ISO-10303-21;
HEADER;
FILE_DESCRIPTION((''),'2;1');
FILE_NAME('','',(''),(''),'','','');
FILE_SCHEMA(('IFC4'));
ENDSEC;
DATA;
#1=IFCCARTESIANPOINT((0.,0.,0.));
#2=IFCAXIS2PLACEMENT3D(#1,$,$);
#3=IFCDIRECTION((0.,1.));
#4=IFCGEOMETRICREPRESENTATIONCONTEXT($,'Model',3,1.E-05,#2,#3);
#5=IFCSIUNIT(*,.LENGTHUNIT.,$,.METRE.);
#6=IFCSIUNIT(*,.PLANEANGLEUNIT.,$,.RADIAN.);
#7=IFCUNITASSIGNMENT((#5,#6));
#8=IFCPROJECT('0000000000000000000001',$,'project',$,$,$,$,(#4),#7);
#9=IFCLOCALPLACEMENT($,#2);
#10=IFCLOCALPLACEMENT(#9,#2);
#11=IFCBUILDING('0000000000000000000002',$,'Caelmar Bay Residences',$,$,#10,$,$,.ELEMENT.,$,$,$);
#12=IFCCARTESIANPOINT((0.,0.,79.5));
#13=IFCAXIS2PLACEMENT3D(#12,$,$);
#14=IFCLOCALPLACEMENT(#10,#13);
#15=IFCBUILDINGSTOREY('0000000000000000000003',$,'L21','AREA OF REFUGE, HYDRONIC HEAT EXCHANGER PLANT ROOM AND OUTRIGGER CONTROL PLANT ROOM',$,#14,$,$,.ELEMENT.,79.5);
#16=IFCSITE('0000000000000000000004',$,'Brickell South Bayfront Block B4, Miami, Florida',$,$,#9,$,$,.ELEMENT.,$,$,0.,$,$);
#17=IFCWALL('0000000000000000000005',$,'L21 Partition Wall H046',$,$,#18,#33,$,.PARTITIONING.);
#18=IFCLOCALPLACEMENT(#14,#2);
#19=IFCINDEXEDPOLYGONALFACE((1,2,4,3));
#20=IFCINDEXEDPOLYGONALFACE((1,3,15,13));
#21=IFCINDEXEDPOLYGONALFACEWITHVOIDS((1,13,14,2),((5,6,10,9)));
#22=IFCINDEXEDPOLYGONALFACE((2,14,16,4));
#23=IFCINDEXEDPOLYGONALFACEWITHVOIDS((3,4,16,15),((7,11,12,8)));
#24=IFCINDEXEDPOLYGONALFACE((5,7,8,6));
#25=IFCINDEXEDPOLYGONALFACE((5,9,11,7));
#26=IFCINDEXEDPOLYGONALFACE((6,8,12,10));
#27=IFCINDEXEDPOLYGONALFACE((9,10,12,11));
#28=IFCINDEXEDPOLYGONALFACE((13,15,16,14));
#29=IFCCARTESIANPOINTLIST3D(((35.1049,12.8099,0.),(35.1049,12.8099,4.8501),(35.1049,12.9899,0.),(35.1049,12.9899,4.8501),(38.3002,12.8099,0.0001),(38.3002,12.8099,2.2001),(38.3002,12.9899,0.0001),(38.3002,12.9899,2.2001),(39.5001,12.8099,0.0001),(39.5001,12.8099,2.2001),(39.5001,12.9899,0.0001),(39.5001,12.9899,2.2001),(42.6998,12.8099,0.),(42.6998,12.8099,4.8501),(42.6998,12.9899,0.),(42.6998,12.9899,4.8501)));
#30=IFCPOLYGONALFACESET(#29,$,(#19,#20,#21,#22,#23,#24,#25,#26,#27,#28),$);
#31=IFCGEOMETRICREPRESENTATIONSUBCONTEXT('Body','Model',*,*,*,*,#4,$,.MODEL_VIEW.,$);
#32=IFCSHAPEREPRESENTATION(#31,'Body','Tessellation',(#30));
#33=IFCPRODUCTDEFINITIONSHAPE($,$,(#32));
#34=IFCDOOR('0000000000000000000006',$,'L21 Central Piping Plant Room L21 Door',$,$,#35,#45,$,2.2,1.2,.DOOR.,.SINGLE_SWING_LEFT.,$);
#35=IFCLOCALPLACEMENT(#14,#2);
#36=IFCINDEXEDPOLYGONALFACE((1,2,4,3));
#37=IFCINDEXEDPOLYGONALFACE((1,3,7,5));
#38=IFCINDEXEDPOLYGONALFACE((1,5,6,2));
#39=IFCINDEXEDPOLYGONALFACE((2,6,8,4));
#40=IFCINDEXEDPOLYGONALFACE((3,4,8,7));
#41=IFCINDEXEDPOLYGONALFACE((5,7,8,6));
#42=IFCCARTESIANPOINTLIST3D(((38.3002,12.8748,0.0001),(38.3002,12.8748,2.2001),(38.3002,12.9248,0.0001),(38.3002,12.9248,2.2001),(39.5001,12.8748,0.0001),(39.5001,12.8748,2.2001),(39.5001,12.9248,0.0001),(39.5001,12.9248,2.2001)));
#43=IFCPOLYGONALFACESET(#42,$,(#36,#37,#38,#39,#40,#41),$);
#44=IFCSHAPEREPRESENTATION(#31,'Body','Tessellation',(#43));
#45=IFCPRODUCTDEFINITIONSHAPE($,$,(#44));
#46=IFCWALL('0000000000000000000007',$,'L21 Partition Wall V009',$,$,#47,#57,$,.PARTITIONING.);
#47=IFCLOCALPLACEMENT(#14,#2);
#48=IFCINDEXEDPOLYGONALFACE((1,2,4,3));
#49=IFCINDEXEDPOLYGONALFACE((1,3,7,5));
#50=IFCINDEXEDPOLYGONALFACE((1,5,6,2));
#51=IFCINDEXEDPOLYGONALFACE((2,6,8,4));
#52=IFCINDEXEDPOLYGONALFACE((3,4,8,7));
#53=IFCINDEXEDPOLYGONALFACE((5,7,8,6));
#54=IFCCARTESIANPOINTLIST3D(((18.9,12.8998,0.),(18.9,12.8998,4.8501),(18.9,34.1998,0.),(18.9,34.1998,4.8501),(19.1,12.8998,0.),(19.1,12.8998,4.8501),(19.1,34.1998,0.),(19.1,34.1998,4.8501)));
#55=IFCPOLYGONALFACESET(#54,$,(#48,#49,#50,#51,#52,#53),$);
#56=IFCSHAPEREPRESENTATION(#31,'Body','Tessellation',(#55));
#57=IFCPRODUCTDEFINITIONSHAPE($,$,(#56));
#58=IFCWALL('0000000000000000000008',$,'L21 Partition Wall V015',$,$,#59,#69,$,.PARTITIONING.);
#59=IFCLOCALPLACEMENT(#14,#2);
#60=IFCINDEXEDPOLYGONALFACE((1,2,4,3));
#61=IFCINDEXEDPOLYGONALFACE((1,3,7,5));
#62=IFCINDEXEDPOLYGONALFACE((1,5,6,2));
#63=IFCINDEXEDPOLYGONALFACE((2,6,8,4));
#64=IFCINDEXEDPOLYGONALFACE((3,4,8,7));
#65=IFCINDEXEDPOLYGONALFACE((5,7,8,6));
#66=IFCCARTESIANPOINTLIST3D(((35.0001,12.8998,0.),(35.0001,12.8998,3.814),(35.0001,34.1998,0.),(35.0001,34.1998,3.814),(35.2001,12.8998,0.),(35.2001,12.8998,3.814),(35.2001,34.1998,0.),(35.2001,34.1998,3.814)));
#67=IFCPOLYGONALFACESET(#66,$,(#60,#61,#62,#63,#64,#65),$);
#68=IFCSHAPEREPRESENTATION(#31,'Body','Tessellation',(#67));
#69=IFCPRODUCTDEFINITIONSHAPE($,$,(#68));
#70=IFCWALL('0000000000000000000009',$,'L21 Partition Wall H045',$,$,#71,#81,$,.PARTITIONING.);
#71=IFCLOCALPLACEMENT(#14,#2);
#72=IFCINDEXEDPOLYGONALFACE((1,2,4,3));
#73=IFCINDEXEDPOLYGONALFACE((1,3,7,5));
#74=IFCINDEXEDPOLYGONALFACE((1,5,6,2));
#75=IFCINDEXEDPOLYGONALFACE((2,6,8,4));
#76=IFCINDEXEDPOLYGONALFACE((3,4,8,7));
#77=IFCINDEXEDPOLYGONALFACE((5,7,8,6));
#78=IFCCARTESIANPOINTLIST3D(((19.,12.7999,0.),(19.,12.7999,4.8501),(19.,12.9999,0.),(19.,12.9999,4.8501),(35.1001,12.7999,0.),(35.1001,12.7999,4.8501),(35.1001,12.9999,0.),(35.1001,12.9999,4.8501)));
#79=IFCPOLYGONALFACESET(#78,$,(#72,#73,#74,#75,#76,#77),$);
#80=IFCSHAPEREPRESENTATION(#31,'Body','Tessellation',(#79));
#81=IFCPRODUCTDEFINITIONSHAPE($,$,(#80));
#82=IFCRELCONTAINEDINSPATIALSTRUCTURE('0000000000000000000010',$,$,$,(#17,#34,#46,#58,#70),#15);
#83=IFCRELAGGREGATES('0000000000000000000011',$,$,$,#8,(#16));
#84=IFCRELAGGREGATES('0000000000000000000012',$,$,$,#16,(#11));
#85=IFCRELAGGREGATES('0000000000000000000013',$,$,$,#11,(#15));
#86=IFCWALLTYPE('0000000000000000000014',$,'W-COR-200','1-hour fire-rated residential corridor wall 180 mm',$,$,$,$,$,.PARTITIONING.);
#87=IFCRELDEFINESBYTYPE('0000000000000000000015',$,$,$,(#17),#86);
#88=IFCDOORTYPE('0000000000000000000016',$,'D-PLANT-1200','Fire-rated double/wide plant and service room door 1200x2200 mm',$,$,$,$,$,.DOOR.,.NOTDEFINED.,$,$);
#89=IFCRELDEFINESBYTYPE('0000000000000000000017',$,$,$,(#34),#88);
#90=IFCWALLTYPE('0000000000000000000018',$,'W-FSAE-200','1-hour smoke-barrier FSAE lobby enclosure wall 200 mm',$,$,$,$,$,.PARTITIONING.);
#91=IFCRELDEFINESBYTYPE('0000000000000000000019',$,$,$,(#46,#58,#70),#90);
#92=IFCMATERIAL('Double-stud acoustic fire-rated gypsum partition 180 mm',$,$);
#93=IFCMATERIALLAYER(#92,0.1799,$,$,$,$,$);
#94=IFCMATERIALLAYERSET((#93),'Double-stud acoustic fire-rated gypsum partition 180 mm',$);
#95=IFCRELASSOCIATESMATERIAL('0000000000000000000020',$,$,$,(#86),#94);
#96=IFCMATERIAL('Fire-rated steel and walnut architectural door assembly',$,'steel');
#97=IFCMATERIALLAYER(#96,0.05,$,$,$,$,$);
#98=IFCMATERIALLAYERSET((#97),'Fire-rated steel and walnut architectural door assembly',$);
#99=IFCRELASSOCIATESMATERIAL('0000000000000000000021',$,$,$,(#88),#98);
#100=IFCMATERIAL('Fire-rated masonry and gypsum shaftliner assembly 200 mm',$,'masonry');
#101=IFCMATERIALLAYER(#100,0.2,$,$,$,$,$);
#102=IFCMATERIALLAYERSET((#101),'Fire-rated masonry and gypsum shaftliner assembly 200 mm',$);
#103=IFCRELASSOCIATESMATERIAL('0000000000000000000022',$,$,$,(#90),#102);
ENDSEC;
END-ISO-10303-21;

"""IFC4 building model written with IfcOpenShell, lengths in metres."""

from ifc_helpers import new_model, si_unit, direction, frame, frame_2d, origin, place, context, subcontext, project, spatial, rectangle, extrude, material, layer, layer_set, type_object, element, fill, save


model = new_model("IFC4")

# Units and contexts
model_context = context("Model", 3, precision=1e-05, world=origin(), true_north=direction((0.0, 1.0)))
body_context = subcontext(model_context, "Body", "Model", "MODEL_VIEW")
ifc_project = project(units=[si_unit("LENGTHUNIT", "METRE"), si_unit("PLANEANGLEUNIT", "RADIAN")], contexts=[model_context])

# Site, building, storey
site_placement = place(None, origin())
site = spatial("IfcSite", under=ifc_project, at=site_placement, Name="Brickell South Bayfront Block B4, Miami, Florida", CompositionType="ELEMENT", RefElevation=0.0)
building_placement = place(site_placement, origin())
building = spatial("IfcBuilding", under=site, at=building_placement, Name="Caelmar Bay Residences", CompositionType="ELEMENT")
storey_placement = place(building_placement, frame((0.0, 0.0, 79.5)))
storey = spatial("IfcBuildingStorey", under=building, at=storey_placement, Name="L21", Description="AREA OF REFUGE, HYDRONIC HEAT EXCHANGER PLANT ROOM AND OUTRIGGER CONTROL PLANT ROOM", CompositionType="ELEMENT", Elevation=79.5)

# Wall, opening, door
ifc_material_1 = material(Name="Double-stud acoustic fire-rated gypsum partition 180 mm")
ifc_layer_1 = layer(ifc_material_1, 0.1799)
ifc_layer_set_1 = layer_set([ifc_layer_1], Name="Double-stud acoustic fire-rated gypsum partition 180 mm")
wall_type_1 = type_object("IfcWallType", Name="W-COR-200", Description="1-hour fire-rated residential corridor wall 180 mm", PredefinedType="PARTITIONING", material=ifc_layer_set_1)
ifc_material_2 = material(Name="Fire-rated steel and walnut architectural door assembly", Category="steel")
ifc_layer_2 = layer(ifc_material_2, 0.05)
ifc_layer_set_2 = layer_set([ifc_layer_2], Name="Fire-rated steel and walnut architectural door assembly")
door_type = type_object("IfcDoorType", Name="D-PLANT-1200", Description="Fire-rated double/wide plant and service room door 1200x2200 mm", OperationType="NOTDEFINED", PredefinedType="DOOR", material=ifc_layer_set_2)
wall_1_placement = place(storey_placement, frame((35.105, 12.8999, 0.0), z_axis=(0.0, 0.0, 1.0), x_axis=(1.0, 0.0, 0.0)))
wall_1 = element("IfcWall", 1, at=wall_1_placement, inside=storey, type_object=wall_type_1, Name="L21 Partition Wall H046", PredefinedType="PARTITIONING", context=body_context, shape_type="SweptSolid", body=[
    extrude(rectangle(XDim=7.595, YDim=0.1799, at=frame_2d((3.7974, 0.0))), origin(), (0.0, 0.0, 1.0), 4.8501),
])
opening_1_placement = place(wall_1_placement, frame((3.1951, 0.0, 0.0)))
opening_1 = element("IfcOpeningElement", 2, at=opening_1_placement, cuts=wall_1, PredefinedType="OPENING", context=body_context, shape_type="SweptSolid", body=[
    extrude(rectangle(XDim=1.2, YDim=2.2, at=frame_2d((0.6001, 1.1001))), frame((0.0, 0.0999, 0.0), z_axis=(0.0, -1.0, 0.0), x_axis=(1.0, 0.0, 0.0)), (0.0, 0.0, 1.0), 0.2),
])
door_1_placement = place(opening_1_placement, origin())
door_1 = element("IfcDoor", 3, at=door_1_placement, inside=storey, type_object=door_type, Name="L21 Central Piping Plant Room L21 Door", OperationType="SINGLE_SWING_LEFT", OverallHeight=2.2, OverallWidth=1.2, PredefinedType="DOOR", context=body_context, shape_type="SweptSolid", body=[
    extrude(rectangle(XDim=1.2, YDim=2.2, at=frame_2d((0.6001, 1.1001))), frame((0.0, 0.0249, 0.0), z_axis=(0.0, -1.0, 0.0), x_axis=(1.0, 0.0, 0.0)), (0.0, 0.0, 1.0), 0.05),
])
fill(opening_1, door_1)

# Walls
ifc_material_3 = material(Name="Fire-rated masonry and gypsum shaftliner assembly 200 mm", Category="masonry")
ifc_layer_3 = layer(ifc_material_3, 0.2)
ifc_layer_set_3 = layer_set([ifc_layer_3], Name="Fire-rated masonry and gypsum shaftliner assembly 200 mm")
wall_type_2 = type_object("IfcWallType", Name="W-FSAE-200", Description="1-hour smoke-barrier FSAE lobby enclosure wall 200 mm", PredefinedType="PARTITIONING", material=ifc_layer_set_3)
wall_2_placement = place(storey_placement, frame((19.0, 12.8999, 0.0), z_axis=(0.0, 0.0, 1.0), x_axis=(0.0, 1.0, 0.0)))
element("IfcWall", 4, at=wall_2_placement, inside=storey, type_object=wall_type_2, Name="L21 Partition Wall V009", PredefinedType="PARTITIONING", context=body_context, shape_type="SweptSolid", body=[
    extrude(rectangle(XDim=21.3, YDim=0.2, at=frame_2d((10.6499, 0.0))), origin(), (0.0, 0.0, 1.0), 4.8501),
])
wall_3_placement = place(storey_placement, frame((35.1001, 12.8999, 0.0), z_axis=(0.0, 0.0, 1.0), x_axis=(0.0, 1.0, 0.0)))
element("IfcWall", 5, at=wall_3_placement, inside=storey, type_object=wall_type_2, Name="L21 Partition Wall V015", PredefinedType="PARTITIONING", context=body_context, shape_type="SweptSolid", body=[
    extrude(rectangle(XDim=21.3, YDim=0.2, at=frame_2d((10.6499, 0.0))), origin(), (0.0, 0.0, 1.0), 3.814),
])
wall_4_placement = place(storey_placement, frame((19.0, 12.8999, 0.0), z_axis=(0.0, 0.0, 1.0), x_axis=(1.0, 0.0, 0.0)))
element("IfcWall", 6, at=wall_4_placement, inside=storey, type_object=wall_type_2, Name="L21 Partition Wall H045", PredefinedType="PARTITIONING", context=body_context, shape_type="SweptSolid", body=[
    extrude(rectangle(XDim=16.1001, YDim=0.2, at=frame_2d((8.05, 0.0))), origin(), (0.0, 0.0, 1.0), 4.8501),
])

save(model, "model.ifc")
